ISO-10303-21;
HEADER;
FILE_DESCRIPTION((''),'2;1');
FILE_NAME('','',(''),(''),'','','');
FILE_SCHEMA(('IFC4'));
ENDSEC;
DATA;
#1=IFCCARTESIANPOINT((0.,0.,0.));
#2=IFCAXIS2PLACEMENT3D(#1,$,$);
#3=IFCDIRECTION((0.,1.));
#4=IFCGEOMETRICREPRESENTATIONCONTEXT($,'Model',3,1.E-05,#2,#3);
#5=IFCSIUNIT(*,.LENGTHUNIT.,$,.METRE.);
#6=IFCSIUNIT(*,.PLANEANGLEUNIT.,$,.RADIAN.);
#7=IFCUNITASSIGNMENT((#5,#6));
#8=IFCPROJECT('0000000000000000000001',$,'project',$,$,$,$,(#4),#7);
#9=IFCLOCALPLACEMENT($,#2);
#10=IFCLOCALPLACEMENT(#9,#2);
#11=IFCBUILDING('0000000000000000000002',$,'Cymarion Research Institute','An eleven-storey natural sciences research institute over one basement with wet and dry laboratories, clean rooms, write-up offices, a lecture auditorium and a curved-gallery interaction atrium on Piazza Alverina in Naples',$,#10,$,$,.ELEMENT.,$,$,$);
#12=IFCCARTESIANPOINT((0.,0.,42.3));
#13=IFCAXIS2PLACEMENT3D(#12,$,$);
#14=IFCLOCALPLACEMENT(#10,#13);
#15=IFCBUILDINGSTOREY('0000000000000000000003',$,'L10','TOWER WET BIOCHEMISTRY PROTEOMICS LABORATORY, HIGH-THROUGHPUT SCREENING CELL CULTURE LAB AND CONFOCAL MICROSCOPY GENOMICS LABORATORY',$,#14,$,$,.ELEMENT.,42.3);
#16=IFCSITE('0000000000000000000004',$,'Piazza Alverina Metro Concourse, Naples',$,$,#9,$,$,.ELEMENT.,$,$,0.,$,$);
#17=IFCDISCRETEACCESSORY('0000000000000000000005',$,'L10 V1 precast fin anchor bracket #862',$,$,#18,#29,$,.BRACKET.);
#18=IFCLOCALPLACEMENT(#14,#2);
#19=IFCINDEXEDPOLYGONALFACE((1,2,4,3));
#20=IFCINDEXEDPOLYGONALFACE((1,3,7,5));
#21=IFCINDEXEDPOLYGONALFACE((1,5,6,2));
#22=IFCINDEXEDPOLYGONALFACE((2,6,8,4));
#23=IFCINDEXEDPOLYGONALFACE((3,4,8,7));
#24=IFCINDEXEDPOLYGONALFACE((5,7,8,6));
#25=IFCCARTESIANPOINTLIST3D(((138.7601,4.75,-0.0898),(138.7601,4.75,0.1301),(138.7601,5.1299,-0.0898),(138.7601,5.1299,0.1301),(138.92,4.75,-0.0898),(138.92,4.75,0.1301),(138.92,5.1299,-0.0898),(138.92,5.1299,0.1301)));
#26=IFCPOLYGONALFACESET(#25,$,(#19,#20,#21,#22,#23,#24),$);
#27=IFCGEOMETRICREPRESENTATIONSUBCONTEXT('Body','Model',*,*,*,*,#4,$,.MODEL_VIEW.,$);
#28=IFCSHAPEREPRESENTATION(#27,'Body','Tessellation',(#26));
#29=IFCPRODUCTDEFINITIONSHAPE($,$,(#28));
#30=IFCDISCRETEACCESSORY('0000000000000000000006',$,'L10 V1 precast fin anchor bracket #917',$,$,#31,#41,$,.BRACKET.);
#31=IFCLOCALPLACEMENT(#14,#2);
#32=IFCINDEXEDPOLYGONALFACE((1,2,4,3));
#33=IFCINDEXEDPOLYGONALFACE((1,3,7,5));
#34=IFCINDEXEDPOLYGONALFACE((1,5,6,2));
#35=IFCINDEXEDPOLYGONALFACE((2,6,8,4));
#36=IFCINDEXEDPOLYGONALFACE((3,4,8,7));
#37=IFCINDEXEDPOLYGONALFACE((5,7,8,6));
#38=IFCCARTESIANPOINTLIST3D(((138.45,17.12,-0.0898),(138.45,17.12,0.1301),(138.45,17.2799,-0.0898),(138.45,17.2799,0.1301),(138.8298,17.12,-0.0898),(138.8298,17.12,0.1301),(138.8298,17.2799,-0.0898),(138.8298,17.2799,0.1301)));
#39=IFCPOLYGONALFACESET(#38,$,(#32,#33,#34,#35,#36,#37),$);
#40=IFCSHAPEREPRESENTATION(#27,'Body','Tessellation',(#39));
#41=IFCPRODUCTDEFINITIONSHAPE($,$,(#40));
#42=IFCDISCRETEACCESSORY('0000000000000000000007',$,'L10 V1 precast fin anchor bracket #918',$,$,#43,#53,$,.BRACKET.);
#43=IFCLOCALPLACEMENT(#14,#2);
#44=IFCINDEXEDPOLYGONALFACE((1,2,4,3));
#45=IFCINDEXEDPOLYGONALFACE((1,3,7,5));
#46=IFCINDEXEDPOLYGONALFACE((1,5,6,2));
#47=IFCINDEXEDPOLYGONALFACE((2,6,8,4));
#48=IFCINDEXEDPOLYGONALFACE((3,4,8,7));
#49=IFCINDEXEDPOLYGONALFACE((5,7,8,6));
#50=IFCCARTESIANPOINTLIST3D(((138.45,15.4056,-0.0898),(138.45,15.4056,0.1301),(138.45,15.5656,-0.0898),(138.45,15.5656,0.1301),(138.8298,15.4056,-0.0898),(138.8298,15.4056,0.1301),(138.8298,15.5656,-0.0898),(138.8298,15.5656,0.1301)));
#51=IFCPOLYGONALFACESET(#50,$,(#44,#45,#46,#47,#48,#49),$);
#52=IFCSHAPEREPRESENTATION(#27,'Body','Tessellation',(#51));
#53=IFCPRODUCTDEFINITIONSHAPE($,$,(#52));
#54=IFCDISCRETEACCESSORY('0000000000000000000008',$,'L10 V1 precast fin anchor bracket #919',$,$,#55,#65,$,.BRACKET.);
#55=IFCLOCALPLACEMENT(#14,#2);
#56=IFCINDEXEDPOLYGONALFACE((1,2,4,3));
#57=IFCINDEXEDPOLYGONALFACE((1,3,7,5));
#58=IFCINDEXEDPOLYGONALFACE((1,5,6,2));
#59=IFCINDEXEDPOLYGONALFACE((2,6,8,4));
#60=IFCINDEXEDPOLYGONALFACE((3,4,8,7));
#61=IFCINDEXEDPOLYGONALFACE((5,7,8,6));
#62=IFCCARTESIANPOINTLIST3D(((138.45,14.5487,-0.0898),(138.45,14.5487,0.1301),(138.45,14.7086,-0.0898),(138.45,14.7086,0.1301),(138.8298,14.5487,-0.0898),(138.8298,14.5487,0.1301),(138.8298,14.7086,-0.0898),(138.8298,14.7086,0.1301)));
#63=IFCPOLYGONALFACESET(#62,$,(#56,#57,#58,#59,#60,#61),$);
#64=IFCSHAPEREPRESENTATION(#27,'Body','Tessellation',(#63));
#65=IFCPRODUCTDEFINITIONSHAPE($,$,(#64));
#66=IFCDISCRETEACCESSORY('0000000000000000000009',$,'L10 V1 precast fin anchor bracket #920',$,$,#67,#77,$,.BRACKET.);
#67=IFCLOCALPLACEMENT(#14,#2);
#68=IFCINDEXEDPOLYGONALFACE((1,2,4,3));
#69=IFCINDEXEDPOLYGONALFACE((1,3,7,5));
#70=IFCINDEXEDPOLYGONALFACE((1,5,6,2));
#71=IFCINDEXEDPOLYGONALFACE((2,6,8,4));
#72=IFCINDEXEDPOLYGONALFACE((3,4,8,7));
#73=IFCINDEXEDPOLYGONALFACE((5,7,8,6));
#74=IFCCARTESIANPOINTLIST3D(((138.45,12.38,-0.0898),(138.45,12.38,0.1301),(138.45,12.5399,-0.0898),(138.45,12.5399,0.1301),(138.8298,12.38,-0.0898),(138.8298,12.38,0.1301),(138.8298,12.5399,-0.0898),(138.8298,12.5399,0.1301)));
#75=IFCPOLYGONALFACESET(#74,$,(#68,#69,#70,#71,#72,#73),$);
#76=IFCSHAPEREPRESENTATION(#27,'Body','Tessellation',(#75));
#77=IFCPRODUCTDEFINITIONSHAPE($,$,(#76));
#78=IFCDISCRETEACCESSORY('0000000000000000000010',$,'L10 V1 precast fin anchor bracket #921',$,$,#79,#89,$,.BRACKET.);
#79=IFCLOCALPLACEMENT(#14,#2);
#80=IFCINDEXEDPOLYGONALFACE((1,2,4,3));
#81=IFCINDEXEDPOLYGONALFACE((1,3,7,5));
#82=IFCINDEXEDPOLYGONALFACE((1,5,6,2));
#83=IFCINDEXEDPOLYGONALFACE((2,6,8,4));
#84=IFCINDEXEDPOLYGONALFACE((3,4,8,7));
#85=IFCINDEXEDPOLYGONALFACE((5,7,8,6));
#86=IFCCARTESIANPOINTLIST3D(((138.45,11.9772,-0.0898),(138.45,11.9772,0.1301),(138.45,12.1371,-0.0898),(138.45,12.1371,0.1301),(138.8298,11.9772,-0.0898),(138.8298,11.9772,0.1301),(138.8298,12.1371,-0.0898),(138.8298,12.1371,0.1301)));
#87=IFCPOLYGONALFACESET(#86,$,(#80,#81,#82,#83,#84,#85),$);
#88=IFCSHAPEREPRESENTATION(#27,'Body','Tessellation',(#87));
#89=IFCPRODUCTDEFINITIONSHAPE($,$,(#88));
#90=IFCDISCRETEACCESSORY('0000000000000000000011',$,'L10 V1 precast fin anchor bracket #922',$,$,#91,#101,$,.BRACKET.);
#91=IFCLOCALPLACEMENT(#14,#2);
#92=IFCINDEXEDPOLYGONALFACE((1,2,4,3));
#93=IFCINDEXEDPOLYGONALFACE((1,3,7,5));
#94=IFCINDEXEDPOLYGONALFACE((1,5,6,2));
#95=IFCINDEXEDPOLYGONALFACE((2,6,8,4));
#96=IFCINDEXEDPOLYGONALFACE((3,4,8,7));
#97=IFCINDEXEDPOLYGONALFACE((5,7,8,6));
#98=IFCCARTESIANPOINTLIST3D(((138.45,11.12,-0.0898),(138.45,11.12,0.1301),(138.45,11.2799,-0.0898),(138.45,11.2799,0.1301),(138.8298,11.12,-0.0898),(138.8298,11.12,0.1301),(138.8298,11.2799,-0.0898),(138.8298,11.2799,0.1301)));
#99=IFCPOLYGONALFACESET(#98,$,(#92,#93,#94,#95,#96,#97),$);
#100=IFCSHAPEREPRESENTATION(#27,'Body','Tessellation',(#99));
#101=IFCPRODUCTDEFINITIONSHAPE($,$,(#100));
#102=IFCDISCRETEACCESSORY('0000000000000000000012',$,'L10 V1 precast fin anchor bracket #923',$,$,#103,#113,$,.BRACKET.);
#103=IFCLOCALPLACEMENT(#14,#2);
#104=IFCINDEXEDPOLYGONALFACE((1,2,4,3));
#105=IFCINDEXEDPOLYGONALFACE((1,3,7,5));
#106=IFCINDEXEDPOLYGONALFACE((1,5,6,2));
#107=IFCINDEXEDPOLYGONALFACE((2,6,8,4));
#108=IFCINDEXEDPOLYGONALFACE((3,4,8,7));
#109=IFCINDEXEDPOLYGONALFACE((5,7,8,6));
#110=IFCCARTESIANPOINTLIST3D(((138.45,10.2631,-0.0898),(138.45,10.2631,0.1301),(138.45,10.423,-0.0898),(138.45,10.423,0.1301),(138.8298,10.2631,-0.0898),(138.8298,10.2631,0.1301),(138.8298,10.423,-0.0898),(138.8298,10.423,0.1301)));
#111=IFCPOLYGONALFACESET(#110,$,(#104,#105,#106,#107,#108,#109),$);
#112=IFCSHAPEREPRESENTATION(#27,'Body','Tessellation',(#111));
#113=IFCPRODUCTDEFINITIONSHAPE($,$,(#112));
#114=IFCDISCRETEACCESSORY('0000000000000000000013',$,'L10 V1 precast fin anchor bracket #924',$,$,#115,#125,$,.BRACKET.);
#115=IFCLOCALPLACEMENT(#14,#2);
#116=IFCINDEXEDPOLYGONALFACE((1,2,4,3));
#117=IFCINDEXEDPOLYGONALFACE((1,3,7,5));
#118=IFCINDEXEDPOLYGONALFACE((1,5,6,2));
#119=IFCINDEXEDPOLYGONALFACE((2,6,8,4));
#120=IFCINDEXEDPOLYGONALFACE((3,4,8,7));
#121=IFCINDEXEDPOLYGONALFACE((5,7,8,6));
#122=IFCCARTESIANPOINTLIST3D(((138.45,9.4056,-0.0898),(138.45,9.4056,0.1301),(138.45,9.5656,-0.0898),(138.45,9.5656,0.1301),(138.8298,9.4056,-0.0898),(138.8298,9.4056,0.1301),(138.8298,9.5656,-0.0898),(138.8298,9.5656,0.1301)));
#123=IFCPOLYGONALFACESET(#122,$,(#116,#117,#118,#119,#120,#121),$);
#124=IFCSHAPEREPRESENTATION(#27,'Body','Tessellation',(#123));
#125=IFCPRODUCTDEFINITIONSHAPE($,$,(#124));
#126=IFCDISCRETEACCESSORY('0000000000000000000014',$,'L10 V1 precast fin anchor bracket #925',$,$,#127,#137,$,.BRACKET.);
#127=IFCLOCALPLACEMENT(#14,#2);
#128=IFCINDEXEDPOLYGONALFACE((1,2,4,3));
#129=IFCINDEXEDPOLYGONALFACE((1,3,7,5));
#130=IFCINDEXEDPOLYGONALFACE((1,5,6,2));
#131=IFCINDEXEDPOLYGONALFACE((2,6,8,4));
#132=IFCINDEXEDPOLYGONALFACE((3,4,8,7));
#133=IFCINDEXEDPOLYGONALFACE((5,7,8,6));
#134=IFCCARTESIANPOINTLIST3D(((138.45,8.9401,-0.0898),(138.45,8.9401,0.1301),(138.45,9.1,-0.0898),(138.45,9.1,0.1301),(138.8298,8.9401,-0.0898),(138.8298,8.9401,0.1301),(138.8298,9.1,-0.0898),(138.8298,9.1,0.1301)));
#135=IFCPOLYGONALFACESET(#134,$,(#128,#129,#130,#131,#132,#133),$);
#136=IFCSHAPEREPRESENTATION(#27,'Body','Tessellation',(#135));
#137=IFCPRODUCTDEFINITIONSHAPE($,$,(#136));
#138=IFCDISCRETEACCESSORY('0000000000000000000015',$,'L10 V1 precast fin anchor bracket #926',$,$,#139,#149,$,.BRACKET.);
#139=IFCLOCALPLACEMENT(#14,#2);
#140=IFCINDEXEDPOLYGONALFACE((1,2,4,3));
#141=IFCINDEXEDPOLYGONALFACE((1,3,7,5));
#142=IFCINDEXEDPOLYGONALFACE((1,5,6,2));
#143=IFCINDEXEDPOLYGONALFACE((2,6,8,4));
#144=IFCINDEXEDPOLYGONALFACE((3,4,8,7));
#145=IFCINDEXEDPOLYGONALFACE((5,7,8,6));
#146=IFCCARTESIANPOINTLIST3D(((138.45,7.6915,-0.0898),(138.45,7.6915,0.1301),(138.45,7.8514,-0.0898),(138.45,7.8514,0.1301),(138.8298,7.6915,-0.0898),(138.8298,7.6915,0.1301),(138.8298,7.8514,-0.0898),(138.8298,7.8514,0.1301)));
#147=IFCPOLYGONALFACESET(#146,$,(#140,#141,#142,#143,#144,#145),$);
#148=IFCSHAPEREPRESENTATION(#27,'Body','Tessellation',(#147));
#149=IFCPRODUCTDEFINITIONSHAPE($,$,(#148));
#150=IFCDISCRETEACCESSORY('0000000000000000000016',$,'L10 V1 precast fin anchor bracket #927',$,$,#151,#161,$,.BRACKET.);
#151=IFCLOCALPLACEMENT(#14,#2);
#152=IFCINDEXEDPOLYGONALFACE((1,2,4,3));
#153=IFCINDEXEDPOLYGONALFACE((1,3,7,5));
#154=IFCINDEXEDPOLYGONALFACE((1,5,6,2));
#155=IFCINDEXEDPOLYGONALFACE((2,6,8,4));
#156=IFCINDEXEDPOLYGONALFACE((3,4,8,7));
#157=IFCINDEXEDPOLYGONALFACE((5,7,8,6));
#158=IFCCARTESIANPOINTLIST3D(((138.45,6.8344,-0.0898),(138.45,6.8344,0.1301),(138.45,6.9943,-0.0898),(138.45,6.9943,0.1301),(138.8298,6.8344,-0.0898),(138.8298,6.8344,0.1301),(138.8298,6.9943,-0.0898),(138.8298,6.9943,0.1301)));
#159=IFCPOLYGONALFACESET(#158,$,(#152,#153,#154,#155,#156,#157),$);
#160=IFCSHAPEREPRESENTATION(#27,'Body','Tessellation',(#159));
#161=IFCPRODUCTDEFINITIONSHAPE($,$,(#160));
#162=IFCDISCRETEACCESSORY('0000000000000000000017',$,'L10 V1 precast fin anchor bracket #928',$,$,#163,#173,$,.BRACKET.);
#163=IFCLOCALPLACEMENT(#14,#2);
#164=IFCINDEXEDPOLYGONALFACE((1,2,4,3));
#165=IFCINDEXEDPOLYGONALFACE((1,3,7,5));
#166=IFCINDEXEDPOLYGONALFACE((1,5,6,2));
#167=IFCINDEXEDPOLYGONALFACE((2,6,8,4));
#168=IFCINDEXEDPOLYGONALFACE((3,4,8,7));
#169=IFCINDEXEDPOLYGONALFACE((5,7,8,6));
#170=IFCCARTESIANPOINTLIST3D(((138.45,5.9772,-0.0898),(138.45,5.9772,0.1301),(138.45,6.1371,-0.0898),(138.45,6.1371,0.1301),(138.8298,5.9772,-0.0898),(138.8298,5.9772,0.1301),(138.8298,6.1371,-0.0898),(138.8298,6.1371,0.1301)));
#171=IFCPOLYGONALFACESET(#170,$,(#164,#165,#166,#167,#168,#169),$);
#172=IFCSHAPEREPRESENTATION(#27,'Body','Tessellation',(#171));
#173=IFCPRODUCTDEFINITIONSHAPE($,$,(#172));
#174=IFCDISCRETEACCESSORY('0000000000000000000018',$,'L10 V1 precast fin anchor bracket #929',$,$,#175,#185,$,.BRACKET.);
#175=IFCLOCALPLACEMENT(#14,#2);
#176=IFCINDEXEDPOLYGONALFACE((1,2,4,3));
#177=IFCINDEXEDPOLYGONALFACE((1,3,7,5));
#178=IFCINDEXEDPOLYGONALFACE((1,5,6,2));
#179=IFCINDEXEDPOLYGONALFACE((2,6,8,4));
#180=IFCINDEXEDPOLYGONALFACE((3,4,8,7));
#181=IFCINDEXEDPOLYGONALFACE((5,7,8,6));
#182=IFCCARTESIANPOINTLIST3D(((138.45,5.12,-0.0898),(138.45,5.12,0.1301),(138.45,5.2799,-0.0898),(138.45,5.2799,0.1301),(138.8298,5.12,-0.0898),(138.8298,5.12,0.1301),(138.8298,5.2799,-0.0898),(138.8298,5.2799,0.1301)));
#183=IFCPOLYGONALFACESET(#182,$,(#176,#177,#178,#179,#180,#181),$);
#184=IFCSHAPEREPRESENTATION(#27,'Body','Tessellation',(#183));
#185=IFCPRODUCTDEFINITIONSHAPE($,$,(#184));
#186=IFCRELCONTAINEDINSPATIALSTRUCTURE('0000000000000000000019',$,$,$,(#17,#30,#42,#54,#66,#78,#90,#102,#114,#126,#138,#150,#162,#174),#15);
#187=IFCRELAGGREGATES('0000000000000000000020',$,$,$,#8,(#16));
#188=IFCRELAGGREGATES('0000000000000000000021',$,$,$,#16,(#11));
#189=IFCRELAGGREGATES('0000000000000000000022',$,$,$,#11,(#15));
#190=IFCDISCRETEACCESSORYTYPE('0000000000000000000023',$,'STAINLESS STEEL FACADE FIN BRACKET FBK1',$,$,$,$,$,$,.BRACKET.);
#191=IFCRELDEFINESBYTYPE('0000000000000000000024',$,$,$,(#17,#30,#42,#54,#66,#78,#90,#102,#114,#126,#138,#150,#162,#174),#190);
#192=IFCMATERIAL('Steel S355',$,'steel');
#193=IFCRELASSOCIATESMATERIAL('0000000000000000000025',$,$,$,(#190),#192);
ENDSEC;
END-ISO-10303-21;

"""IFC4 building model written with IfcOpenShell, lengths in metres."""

from ifc_helpers import new_model, si_unit, direction, frame, origin, origin_2d, place, context, subcontext, project, spatial, rectangle, extrude, material, type_object, element, save


model = new_model("IFC4")

# Units and contexts
model_context = context("Model", 3, precision=1e-05, world=origin(), true_north=direction((0.0, 1.0)))
body_context = subcontext(model_context, "Body", "Model", "MODEL_VIEW")
ifc_project = project(units=[si_unit("LENGTHUNIT", "METRE"), si_unit("PLANEANGLEUNIT", "RADIAN")], contexts=[model_context])

# Site, building, storey
site_placement = place(None, origin())
site = spatial("IfcSite", under=ifc_project, at=site_placement, Name="Piazza Alverina Metro Concourse, Naples", CompositionType="ELEMENT", RefElevation=0.0)
building_placement = place(site_placement, origin())
building = spatial("IfcBuilding", under=site, at=building_placement, Name="Cymarion Research Institute", Description="An eleven-storey natural sciences research institute over one basement with wet and dry laboratories, clean rooms, write-up offices, a lecture auditorium and a curved-gallery interaction atrium on Piazza Alverina in Naples", CompositionType="ELEMENT")
storey_placement = place(building_placement, frame((0.0, 0.0, 42.3)))
storey = spatial("IfcBuildingStorey", under=building, at=storey_placement, Name="L10", Description="TOWER WET BIOCHEMISTRY PROTEOMICS LABORATORY, HIGH-THROUGHPUT SCREENING CELL CULTURE LAB AND CONFOCAL MICROSCOPY GENOMICS LABORATORY", CompositionType="ELEMENT", Elevation=42.3)

# Shared definitions
ifc_material_1 = material(Name="Steel S355", Category="steel")

# Discrete accessories
discrete_accessory_type = type_object("IfcDiscreteAccessoryType", Name="STAINLESS STEEL FACADE FIN BRACKET FBK1", PredefinedType="BRACKET", material=ifc_material_1)
for number, where, z_axis, x_axis, name in (
    (1, (138.8401, 4.9399, -0.0898), (0.0, 0.0, 1.0), (0.0, -1.0, 0.0), "L10 V1 precast fin anchor bracket #862"),
    (2, (138.6399, 17.2, -0.0898), (0.0, 0.0, 1.0), (-1.0, 0.0, 0.0), "L10 V1 precast fin anchor bracket #917"),
    (3, (138.6399, 15.4856, -0.0898), (0.0, 0.0, 1.0), (-1.0, 0.0, 0.0), "L10 V1 precast fin anchor bracket #918"),
    (4, (138.6399, 14.6287, -0.0898), (0.0, 0.0, 1.0), (-1.0, 0.0, 0.0), "L10 V1 precast fin anchor bracket #919"),
    (5, (138.6399, 12.46, -0.0898), (0.0, 0.0, 1.0), (-1.0, 0.0, 0.0), "L10 V1 precast fin anchor bracket #920"),
    (6, (138.6399, 12.0571, -0.0898), (0.0, 0.0, 1.0), (-1.0, 0.0, 0.0), "L10 V1 precast fin anchor bracket #921"),
    (7, (138.6399, 11.2, -0.0898), (0.0, 0.0, 1.0), (-1.0, 0.0, 0.0), "L10 V1 precast fin anchor bracket #922"),
    (8, (138.6399, 10.343, -0.0898), (0.0, 0.0, 1.0), (-1.0, 0.0, 0.0), "L10 V1 precast fin anchor bracket #923"),
    (9, (138.6399, 9.4856, -0.0898), (0.0, 0.0, 1.0), (-1.0, 0.0, 0.0), "L10 V1 precast fin anchor bracket #924"),
    (10, (138.6399, 9.02, -0.0898), (0.0, 0.0, 1.0), (-1.0, 0.0, 0.0), "L10 V1 precast fin anchor bracket #925"),
    (11, (138.6399, 7.7715, -0.0898), (0.0, 0.0, 1.0), (-1.0, 0.0, 0.0), "L10 V1 precast fin anchor bracket #926"),
    (12, (138.6399, 6.9143, -0.0898), (0.0, 0.0, 1.0), (-1.0, 0.0, 0.0), "L10 V1 precast fin anchor bracket #927"),
    (13, (138.6399, 6.0571, -0.0898), (0.0, 0.0, 1.0), (-1.0, 0.0, 0.0), "L10 V1 precast fin anchor bracket #928"),
    (14, (138.6399, 5.2, -0.0898), (0.0, 0.0, 1.0), (-1.0, 0.0, 0.0), "L10 V1 precast fin anchor bracket #929"),
):
    element("IfcDiscreteAccessory", number, at=place(storey_placement, frame(where, z_axis=z_axis, x_axis=x_axis)), inside=storey, type_object=discrete_accessory_type, Name=name, PredefinedType="BRACKET", context=body_context, shape_type="SweptSolid", body=[
        extrude(rectangle(XDim=0.3799, YDim=0.1599, at=origin_2d()), origin(), (0.0, 0.0, 1.0), 0.22),
    ])

save(model, "model.ifc")
